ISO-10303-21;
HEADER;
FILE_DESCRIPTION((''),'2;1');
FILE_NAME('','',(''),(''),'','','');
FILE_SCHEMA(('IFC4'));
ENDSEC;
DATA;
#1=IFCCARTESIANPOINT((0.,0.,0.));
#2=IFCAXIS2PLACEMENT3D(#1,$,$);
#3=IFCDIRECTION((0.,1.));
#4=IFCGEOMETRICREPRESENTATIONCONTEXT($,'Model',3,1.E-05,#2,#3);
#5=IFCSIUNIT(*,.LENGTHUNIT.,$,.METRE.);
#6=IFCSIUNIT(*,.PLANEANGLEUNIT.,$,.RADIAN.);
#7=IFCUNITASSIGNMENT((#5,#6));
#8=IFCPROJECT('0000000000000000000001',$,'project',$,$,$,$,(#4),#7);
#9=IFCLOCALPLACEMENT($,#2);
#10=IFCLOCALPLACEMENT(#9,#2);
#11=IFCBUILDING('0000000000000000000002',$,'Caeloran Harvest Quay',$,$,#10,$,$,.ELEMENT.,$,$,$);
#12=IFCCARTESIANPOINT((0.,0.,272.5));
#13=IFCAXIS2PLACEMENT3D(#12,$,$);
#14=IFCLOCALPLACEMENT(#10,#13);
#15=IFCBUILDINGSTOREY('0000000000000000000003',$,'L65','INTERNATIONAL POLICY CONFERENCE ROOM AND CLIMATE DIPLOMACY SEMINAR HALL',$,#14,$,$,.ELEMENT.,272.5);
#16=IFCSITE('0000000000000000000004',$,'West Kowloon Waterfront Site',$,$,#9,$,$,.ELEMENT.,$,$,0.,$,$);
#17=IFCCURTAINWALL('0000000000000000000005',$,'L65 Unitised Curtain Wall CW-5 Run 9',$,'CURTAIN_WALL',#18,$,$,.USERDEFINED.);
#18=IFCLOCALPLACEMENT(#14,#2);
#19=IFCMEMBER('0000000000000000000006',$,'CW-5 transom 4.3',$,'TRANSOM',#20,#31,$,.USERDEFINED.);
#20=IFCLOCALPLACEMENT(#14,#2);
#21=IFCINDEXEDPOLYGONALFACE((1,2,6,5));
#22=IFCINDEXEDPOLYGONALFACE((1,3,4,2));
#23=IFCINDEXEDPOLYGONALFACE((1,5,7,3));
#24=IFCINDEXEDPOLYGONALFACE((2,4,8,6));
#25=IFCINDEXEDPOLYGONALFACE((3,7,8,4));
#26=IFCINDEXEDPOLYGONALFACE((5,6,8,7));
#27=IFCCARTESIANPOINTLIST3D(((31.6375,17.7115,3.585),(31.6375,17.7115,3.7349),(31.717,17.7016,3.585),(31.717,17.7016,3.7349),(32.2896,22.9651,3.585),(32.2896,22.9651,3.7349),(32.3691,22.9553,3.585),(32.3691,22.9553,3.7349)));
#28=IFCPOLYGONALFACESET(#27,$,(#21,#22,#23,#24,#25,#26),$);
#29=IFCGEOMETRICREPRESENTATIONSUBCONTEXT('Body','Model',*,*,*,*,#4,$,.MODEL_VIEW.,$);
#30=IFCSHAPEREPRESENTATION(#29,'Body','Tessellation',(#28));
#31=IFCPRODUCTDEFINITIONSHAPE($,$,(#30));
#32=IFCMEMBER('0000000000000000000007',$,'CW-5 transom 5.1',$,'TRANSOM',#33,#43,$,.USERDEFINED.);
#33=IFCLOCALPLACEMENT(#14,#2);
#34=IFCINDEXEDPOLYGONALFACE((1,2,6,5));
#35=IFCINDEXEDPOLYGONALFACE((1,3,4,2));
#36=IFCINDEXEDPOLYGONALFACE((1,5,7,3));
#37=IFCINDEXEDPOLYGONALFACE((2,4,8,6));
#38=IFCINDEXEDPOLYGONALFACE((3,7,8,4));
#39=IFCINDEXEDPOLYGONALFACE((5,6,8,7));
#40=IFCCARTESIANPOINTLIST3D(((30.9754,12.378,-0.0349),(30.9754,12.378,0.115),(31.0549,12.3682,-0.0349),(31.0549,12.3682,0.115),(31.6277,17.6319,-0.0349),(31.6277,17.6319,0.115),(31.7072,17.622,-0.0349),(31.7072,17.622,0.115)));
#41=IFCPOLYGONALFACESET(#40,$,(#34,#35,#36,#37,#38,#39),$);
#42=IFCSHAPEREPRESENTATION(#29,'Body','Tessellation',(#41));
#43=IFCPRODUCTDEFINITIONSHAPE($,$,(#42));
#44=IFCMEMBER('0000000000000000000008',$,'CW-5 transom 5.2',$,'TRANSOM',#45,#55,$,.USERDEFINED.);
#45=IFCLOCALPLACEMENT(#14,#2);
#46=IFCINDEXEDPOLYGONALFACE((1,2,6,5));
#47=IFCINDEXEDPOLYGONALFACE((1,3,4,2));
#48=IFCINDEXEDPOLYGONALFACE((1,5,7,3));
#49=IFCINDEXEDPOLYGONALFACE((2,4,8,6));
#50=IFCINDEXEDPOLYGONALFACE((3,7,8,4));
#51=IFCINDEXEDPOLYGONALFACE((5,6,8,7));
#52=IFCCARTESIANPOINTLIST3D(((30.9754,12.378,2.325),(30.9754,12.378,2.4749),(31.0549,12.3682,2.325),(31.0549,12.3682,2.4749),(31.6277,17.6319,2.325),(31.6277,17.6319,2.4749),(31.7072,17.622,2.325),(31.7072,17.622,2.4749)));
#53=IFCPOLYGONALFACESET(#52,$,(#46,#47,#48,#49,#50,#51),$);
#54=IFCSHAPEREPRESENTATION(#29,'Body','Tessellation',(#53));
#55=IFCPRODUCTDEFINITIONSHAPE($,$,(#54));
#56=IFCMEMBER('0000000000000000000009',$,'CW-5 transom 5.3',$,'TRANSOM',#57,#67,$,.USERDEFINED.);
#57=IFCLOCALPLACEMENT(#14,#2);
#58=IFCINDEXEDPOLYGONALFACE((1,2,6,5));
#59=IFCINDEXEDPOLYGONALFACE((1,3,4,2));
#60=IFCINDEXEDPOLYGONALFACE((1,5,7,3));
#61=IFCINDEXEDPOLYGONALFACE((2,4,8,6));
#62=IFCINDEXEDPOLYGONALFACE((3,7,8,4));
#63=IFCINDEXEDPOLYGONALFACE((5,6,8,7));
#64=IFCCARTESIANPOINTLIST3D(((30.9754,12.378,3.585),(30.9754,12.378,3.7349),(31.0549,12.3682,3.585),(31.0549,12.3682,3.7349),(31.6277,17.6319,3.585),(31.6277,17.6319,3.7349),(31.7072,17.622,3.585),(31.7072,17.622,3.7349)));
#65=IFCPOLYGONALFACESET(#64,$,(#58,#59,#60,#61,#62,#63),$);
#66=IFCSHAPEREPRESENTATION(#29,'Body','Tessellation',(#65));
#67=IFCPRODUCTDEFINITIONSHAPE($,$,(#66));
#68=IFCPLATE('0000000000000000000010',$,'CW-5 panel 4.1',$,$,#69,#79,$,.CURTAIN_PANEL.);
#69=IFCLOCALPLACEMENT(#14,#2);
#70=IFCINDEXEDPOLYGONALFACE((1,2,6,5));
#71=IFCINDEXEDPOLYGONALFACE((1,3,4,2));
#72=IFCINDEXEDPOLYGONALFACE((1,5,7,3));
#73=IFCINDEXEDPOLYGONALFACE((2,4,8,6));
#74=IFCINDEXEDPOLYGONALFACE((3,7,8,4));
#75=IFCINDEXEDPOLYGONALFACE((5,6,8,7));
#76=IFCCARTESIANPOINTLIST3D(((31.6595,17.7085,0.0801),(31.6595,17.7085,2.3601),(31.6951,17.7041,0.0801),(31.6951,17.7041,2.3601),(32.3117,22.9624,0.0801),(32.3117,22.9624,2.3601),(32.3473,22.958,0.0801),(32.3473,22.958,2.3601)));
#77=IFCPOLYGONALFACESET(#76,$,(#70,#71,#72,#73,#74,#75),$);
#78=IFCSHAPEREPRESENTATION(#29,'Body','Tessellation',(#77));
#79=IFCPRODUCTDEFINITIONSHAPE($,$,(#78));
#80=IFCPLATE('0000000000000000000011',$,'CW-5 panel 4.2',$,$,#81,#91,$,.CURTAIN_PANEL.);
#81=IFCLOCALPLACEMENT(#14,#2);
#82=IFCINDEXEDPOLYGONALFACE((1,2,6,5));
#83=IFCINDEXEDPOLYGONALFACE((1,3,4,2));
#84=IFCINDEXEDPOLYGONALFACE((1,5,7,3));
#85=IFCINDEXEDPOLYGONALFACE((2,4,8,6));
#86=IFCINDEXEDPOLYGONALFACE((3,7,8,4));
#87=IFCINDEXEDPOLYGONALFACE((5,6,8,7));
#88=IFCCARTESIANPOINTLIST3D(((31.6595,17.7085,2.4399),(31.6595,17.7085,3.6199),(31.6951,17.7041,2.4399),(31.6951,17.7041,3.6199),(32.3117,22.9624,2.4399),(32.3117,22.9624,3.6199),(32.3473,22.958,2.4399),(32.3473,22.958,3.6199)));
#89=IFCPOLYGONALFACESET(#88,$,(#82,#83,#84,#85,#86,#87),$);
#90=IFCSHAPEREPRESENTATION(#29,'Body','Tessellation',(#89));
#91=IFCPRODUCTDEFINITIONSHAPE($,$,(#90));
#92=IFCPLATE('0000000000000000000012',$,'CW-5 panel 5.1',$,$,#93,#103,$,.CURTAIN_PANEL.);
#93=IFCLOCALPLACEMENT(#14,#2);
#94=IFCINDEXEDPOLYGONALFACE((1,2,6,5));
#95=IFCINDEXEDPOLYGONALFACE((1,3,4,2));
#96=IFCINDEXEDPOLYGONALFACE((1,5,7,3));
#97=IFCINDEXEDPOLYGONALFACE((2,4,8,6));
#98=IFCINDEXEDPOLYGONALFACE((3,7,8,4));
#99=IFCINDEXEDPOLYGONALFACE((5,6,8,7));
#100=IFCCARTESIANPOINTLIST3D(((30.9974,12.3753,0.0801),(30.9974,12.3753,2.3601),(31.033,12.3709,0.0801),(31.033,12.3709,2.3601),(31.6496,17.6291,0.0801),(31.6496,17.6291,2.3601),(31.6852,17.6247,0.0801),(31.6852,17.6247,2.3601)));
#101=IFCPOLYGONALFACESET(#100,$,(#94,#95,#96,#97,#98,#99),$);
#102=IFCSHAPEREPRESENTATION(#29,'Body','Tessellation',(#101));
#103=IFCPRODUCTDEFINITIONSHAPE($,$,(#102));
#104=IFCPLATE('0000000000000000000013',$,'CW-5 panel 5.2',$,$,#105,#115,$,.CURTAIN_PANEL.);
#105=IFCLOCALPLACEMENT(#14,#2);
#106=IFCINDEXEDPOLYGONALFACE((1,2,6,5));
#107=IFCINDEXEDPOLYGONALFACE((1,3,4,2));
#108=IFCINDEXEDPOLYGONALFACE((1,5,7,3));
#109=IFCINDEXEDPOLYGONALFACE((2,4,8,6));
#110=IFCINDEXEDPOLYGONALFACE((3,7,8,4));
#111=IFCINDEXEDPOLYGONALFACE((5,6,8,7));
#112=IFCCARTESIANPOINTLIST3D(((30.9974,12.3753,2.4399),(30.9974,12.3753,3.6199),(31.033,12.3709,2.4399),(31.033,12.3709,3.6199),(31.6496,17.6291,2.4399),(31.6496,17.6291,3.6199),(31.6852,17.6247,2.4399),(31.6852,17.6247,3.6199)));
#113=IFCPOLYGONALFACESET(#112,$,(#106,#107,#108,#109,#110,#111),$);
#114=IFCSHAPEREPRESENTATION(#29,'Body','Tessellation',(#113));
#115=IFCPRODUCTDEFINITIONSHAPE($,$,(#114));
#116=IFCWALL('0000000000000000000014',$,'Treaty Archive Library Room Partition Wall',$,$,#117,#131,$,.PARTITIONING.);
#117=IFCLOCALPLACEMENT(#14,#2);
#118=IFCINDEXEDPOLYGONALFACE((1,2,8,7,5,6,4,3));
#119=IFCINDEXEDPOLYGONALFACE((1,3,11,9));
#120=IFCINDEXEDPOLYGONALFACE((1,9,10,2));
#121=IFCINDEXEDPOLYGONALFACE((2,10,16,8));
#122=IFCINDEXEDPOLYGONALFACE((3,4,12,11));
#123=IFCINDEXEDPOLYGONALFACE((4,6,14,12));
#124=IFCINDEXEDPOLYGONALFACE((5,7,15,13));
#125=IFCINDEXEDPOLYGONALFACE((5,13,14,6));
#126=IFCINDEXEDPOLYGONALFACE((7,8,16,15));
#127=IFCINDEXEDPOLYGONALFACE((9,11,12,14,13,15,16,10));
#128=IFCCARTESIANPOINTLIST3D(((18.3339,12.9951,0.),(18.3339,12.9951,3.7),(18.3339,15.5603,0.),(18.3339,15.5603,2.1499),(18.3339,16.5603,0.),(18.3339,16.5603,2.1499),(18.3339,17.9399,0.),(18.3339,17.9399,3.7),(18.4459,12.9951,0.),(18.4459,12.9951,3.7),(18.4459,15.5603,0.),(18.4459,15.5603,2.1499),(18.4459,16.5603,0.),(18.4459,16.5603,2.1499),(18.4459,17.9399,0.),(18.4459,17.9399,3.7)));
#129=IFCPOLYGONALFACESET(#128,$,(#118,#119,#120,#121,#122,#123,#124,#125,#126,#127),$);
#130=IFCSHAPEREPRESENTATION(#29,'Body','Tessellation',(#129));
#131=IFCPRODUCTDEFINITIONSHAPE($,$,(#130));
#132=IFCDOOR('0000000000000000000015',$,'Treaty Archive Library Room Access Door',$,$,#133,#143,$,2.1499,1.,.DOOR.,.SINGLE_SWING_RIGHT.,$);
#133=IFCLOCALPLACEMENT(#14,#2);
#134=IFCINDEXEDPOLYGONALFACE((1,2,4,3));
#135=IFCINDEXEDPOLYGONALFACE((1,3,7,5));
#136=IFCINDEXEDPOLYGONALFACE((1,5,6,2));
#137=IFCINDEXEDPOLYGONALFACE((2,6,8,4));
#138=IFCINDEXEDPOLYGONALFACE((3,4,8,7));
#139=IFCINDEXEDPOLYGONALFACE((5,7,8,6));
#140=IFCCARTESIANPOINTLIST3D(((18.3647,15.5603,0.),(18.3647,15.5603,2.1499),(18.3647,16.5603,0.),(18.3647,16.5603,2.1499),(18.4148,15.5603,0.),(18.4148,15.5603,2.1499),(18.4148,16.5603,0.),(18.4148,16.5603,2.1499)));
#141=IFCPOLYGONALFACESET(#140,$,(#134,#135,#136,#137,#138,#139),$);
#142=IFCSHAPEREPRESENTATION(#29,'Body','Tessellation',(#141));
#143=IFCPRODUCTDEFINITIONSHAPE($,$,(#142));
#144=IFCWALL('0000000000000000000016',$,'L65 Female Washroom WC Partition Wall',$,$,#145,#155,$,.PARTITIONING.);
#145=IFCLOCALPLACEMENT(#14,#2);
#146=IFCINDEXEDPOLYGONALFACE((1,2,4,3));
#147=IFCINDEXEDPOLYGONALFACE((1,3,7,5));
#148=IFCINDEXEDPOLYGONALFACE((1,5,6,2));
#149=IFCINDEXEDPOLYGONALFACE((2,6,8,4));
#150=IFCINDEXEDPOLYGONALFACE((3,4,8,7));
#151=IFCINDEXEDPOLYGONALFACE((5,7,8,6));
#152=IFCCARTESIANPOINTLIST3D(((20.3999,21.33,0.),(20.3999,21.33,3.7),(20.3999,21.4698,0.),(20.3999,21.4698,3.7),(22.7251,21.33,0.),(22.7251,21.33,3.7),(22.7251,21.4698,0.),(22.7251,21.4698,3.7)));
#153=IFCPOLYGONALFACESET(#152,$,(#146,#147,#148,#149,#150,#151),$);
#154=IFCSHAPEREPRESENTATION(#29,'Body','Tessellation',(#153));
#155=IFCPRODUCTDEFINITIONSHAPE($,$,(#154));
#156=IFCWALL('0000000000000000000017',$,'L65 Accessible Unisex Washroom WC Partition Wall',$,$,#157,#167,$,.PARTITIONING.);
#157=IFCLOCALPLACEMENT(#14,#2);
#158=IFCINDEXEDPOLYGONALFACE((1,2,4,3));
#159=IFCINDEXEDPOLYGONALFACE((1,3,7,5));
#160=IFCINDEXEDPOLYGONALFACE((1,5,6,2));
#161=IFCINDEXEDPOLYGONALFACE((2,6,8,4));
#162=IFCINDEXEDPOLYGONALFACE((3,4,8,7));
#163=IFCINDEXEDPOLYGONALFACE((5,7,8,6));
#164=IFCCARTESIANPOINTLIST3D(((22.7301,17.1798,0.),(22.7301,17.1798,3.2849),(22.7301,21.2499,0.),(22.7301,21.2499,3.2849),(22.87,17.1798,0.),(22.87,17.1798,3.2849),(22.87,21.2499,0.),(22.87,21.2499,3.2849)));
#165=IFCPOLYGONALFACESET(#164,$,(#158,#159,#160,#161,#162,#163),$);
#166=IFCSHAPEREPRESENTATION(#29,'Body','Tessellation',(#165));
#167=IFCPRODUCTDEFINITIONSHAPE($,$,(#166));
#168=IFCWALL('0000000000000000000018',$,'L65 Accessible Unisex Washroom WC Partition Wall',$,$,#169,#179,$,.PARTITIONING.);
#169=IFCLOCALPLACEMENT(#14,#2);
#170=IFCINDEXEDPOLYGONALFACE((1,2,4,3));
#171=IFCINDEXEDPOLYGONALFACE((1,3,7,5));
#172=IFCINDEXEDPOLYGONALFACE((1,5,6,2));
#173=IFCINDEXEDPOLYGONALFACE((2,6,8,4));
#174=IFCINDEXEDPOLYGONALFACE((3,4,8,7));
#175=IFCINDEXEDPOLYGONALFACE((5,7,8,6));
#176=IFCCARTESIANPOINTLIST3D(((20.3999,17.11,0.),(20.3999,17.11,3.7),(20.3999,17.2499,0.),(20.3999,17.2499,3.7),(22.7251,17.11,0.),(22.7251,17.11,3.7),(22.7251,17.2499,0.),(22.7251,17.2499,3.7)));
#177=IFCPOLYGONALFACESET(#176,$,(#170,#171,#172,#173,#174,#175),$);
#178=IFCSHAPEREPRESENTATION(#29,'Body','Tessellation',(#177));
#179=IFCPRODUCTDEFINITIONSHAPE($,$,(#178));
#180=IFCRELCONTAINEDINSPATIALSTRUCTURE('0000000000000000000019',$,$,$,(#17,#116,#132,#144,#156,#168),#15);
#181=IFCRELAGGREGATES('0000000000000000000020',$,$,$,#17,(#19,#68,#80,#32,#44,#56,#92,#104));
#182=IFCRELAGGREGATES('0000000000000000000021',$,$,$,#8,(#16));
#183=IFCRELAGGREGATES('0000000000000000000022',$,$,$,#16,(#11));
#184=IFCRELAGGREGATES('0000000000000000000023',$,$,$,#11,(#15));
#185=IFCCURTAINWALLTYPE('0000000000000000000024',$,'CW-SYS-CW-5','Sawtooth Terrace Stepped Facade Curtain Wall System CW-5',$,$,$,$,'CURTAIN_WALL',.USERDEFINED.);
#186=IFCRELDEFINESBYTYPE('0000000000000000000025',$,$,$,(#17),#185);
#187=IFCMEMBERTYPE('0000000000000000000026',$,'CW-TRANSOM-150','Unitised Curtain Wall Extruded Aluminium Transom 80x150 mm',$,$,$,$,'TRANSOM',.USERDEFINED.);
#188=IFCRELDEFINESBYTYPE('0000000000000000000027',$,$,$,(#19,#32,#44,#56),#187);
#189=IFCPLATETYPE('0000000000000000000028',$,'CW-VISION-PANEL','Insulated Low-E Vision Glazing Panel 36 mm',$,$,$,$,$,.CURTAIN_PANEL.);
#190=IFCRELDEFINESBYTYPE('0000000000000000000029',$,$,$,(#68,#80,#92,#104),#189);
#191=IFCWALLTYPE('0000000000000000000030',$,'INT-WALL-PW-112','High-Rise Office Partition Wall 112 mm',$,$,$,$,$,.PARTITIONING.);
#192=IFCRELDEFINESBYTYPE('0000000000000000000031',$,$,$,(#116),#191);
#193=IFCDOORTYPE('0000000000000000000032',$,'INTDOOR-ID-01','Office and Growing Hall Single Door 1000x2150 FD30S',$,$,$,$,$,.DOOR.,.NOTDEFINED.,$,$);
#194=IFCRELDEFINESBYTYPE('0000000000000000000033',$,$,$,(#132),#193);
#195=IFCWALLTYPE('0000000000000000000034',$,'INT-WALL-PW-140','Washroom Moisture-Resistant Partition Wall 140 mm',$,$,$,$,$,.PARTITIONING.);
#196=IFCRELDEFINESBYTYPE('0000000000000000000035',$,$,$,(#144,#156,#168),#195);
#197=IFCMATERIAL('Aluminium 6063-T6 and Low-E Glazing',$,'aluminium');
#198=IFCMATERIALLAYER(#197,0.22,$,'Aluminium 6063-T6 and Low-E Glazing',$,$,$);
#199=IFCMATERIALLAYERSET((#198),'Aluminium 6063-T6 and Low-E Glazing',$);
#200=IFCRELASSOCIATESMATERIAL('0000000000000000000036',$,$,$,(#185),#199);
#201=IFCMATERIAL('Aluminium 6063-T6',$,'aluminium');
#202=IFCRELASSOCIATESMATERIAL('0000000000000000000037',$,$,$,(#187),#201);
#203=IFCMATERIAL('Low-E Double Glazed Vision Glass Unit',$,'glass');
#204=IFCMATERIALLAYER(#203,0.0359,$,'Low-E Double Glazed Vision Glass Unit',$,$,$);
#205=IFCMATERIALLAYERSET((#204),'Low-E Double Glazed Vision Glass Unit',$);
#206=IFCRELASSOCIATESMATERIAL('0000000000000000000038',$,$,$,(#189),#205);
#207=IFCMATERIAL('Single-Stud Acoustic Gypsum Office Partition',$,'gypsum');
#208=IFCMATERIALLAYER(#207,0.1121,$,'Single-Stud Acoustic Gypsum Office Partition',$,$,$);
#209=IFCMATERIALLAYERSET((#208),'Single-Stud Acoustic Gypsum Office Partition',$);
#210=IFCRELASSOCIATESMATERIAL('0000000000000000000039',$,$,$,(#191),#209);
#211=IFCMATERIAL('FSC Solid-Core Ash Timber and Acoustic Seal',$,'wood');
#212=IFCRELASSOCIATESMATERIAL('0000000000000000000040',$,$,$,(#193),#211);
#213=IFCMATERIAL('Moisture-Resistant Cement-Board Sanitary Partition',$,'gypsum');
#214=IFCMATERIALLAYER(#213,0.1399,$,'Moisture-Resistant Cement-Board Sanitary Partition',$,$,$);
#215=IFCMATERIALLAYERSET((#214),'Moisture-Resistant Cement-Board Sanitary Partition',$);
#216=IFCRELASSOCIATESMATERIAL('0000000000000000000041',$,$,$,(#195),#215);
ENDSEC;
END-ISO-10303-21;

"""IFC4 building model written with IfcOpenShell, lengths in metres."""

from ifc_helpers import new_model, si_unit, direction, frame, frame_2d, origin, origin_2d, place, context, subcontext, project, spatial, rectangle, extrude, material, layer, layer_set, material_profile, profile_set, type_object, element, fill, aggregate, save


model = new_model("IFC4")

# Units and contexts
model_context = context("Model", 3, precision=1e-05, world=origin(), true_north=direction((0.0, 1.0)))
body_context = subcontext(model_context, "Body", "Model", "MODEL_VIEW")
ifc_project = project(units=[si_unit("LENGTHUNIT", "METRE"), si_unit("PLANEANGLEUNIT", "RADIAN")], contexts=[model_context])

# Site, building, storey
site_placement = place(None, origin())
site = spatial("IfcSite", under=ifc_project, at=site_placement, Name="West Kowloon Waterfront Site", CompositionType="ELEMENT", RefElevation=0.0)
building_placement = place(site_placement, origin())
building = spatial("IfcBuilding", under=site, at=building_placement, Name="Caeloran Harvest Quay", CompositionType="ELEMENT")
storey_placement = place(building_placement, frame((0.0, 0.0, 272.5)))
storey = spatial("IfcBuildingStorey", under=building, at=storey_placement, Name="L65", Description="INTERNATIONAL POLICY CONFERENCE ROOM AND CLIMATE DIPLOMACY SEMINAR HALL", CompositionType="ELEMENT", Elevation=272.5)

# Curtain wall, members, plates
ifc_material_1 = material(Name="Aluminium 6063-T6 and Low-E Glazing", Category="aluminium")
ifc_layer_1 = layer(ifc_material_1, 0.22, Name="Aluminium 6063-T6 and Low-E Glazing")
ifc_layer_set_1 = layer_set([ifc_layer_1], Name="Aluminium 6063-T6 and Low-E Glazing")
curtain_wall_type = type_object("IfcCurtainWallType", Name="CW-SYS-CW-5", Description="Sawtooth Terrace Stepped Facade Curtain Wall System CW-5", ElementType="CURTAIN_WALL", PredefinedType="USERDEFINED", material=ifc_layer_set_1)
curtain_wall_placement = place(storey_placement, origin())
curtain_wall = element("IfcCurtainWall", 1, at=curtain_wall_placement, inside=storey, type_object=curtain_wall_type, Name="L65 Unitised Curtain Wall CW-5 Run 9", ObjectType="CURTAIN_WALL", PredefinedType="USERDEFINED")
ifc_material_2 = material(Name="Aluminium 6063-T6", Category="aluminium")
ifc_material_profile_1 = material_profile(ifc_material_2, rectangle(XDim=0.0801, YDim=0.1499, at=origin_2d()), Name="CW-TRANSOM-150")
ifc_profile_set_1 = profile_set([ifc_material_profile_1], Name="Aluminium 6063-T6")
member_type_1 = type_object("IfcMemberType", Name="CW-TRANSOM-150", Description="Unitised Curtain Wall Extruded Aluminium Transom 80x150 mm", ElementType="TRANSOM", PredefinedType="USERDEFINED", material=ifc_profile_set_1)
member_1_placement = place(storey_placement, frame((32.3293, 22.9602, 3.6599), z_axis=(-0.123178, -0.992385, 0.0), x_axis=(0.992385, -0.123178, 0.0)))
member_1 = element("IfcMember", 2, at=member_1_placement, type_object=member_type_1, Name="CW-5 transom 4.3", ObjectType="TRANSOM", PredefinedType="USERDEFINED", context=body_context, shape_type="SweptSolid", body=[
    extrude(rectangle(XDim=0.0801, YDim=0.1499, at=origin_2d()), origin(), (0.0, 0.0, 1.0), 5.2939),
])
member_2_placement = place(storey_placement, frame((31.6675, 17.627, 0.04), z_axis=(-0.123217, -0.99238, 0.0), x_axis=(0.99238, -0.123217, 0.0)))
member_2 = element("IfcMember", 3, at=member_2_placement, type_object=member_type_1, Name="CW-5 transom 5.1", ObjectType="TRANSOM", PredefinedType="USERDEFINED", context=body_context, shape_type="SweptSolid", body=[
    extrude(rectangle(XDim=0.0801, YDim=0.1499, at=origin_2d()), origin(), (0.0, 0.0, 1.0), 5.2942),
])
member_3_placement = place(storey_placement, frame((31.6675, 17.627, 2.3999), z_axis=(-0.123217, -0.99238, 0.0), x_axis=(0.99238, -0.123217, 0.0)))
member_3 = element("IfcMember", 4, at=member_3_placement, type_object=member_type_1, Name="CW-5 transom 5.2", ObjectType="TRANSOM", PredefinedType="USERDEFINED", context=body_context, shape_type="SweptSolid", body=[
    extrude(rectangle(XDim=0.0801, YDim=0.1499, at=origin_2d()), origin(), (0.0, 0.0, 1.0), 5.2942),
])
member_4_placement = place(storey_placement, frame((31.6675, 17.627, 3.6599), z_axis=(-0.123217, -0.99238, 0.0), x_axis=(0.99238, -0.123217, 0.0)))
member_4 = element("IfcMember", 5, at=member_4_placement, type_object=member_type_1, Name="CW-5 transom 5.3", ObjectType="TRANSOM", PredefinedType="USERDEFINED", context=body_context, shape_type="SweptSolid", body=[
    extrude(rectangle(XDim=0.0801, YDim=0.1499, at=origin_2d()), origin(), (0.0, 0.0, 1.0), 5.2942),
])
ifc_material_3 = material(Name="Low-E Double Glazed Vision Glass Unit", Category="glass")
ifc_layer_2 = layer(ifc_material_3, 0.0359, Name="Low-E Double Glazed Vision Glass Unit")
ifc_layer_set_2 = layer_set([ifc_layer_2], Name="Low-E Double Glazed Vision Glass Unit")
plate_type = type_object("IfcPlateType", Name="CW-VISION-PANEL", Description="Insulated Low-E Vision Glazing Panel 36 mm", PredefinedType="CURTAIN_PANEL", material=ifc_layer_set_2)
plate_1_placement = place(storey_placement, frame((32.0034, 20.3333, 0.0801), z_axis=(0.0, 0.0, 1.0), x_axis=(-0.12319, -0.992383, 0.0)))
plate_1 = element("IfcPlate", 6, at=plate_1_placement, type_object=plate_type, Name="CW-5 panel 4.1", PredefinedType="CURTAIN_PANEL", context=body_context, shape_type="SweptSolid", body=[
    extrude(rectangle(XDim=5.2942, YDim=0.0359, at=origin_2d()), origin(), (0.0, 0.0, 1.0), 2.28),
])
plate_2_placement = place(storey_placement, frame((32.0034, 20.3333, 2.4399), z_axis=(0.0, 0.0, 1.0), x_axis=(-0.12319, -0.992383, 0.0)))
plate_2 = element("IfcPlate", 7, at=plate_2_placement, type_object=plate_type, Name="CW-5 panel 4.2", PredefinedType="CURTAIN_PANEL", context=body_context, shape_type="SweptSolid", body=[
    extrude(rectangle(XDim=5.2942, YDim=0.0359, at=origin_2d()), origin(), (0.0, 0.0, 1.0), 1.1799),
])
plate_3_placement = place(storey_placement, frame((31.3413, 15.0, 0.0801), z_axis=(0.0, 0.0, 1.0), x_axis=(-0.12319, -0.992383, 0.0)))
plate_3 = element("IfcPlate", 8, at=plate_3_placement, type_object=plate_type, Name="CW-5 panel 5.1", PredefinedType="CURTAIN_PANEL", context=body_context, shape_type="SweptSolid", body=[
    extrude(rectangle(XDim=5.2942, YDim=0.0359, at=origin_2d()), origin(), (0.0, 0.0, 1.0), 2.28),
])
plate_4_placement = place(storey_placement, frame((31.3413, 15.0, 2.4399), z_axis=(0.0, 0.0, 1.0), x_axis=(-0.12319, -0.992383, 0.0)))
plate_4 = element("IfcPlate", 9, at=plate_4_placement, type_object=plate_type, Name="CW-5 panel 5.2", PredefinedType="CURTAIN_PANEL", context=body_context, shape_type="SweptSolid", body=[
    extrude(rectangle(XDim=5.2942, YDim=0.0359, at=origin_2d()), origin(), (0.0, 0.0, 1.0), 1.1799),
])
aggregate(curtain_wall, [member_1, plate_1, plate_2, member_2, member_3, member_4, plate_3, plate_4])

# Wall, opening, door
ifc_material_4 = material(Name="Single-Stud Acoustic Gypsum Office Partition", Category="gypsum")
ifc_layer_3 = layer(ifc_material_4, 0.1121, Name="Single-Stud Acoustic Gypsum Office Partition")
ifc_layer_set_3 = layer_set([ifc_layer_3], Name="Single-Stud Acoustic Gypsum Office Partition")
wall_type_1 = type_object("IfcWallType", Name="INT-WALL-PW-112", Description="High-Rise Office Partition Wall 112 mm", PredefinedType="PARTITIONING", material=ifc_layer_set_3)
wall_1_placement = place(storey_placement, frame((18.3899, 17.9399, 0.0), z_axis=(0.0, 0.0, 1.0), x_axis=(0.0, -1.0, 0.0)))
wall_1 = element("IfcWall", 10, at=wall_1_placement, inside=storey, type_object=wall_type_1, Name="Treaty Archive Library Room Partition Wall", PredefinedType="PARTITIONING", context=body_context, shape_type="SweptSolid", body=[
    extrude(rectangle(XDim=4.9448, YDim=0.1121, at=frame_2d((2.4724, 0.0))), origin(), (0.0, 0.0, 1.0), 3.7),
])
opening_1_placement = place(wall_1_placement, frame((1.3796, 0.0, 0.0)))
opening_1 = element("IfcOpeningElement", 11, at=opening_1_placement, cuts=wall_1, PredefinedType="OPENING", context=body_context, shape_type="SweptSolid", body=[
    extrude(rectangle(XDim=1.0, YDim=2.1499, at=frame_2d((0.5, 1.075))), frame((0.0, 0.0659, 0.0), z_axis=(0.0, -1.0, 0.0), x_axis=(1.0, 0.0, 0.0)), (0.0, 0.0, 1.0), 0.1321),
])
ifc_material_5 = material(Name="FSC Solid-Core Ash Timber and Acoustic Seal", Category="wood")
door_type_1 = type_object("IfcDoorType", Name="INTDOOR-ID-01", Description="Office and Growing Hall Single Door 1000x2150 FD30S", OperationType="NOTDEFINED", PredefinedType="DOOR", material=ifc_material_5)
door_1_placement = place(opening_1_placement, origin())
door_1 = element("IfcDoor", 12, at=door_1_placement, inside=storey, type_object=door_type_1, Name="Treaty Archive Library Room Access Door", OperationType="SINGLE_SWING_RIGHT", OverallHeight=2.1499, OverallWidth=1.0, PredefinedType="DOOR", context=body_context, shape_type="SweptSolid", body=[
    extrude(rectangle(XDim=1.0, YDim=2.1499, at=frame_2d((0.5, 1.075))), frame((0.0, 0.0249, 0.0), z_axis=(0.0, -1.0, 0.0), x_axis=(1.0, 0.0, 0.0)), (0.0, 0.0, 1.0), 0.05),
])
fill(opening_1, door_1)

# Wall
ifc_material_6 = material(Name="Moisture-Resistant Cement-Board Sanitary Partition", Category="gypsum")
ifc_layer_4 = layer(ifc_material_6, 0.1399, Name="Moisture-Resistant Cement-Board Sanitary Partition")
ifc_layer_set_4 = layer_set([ifc_layer_4], Name="Moisture-Resistant Cement-Board Sanitary Partition")
wall_type_2 = type_object("IfcWallType", Name="INT-WALL-PW-140", Description="Washroom Moisture-Resistant Partition Wall 140 mm", PredefinedType="PARTITIONING", material=ifc_layer_set_4)
wall_2_placement = place(storey_placement, frame((22.7251, 21.3999, 0.0), z_axis=(0.0, 0.0, 1.0), x_axis=(-1.0, 0.0, 0.0)))
element("IfcWall", 13, at=wall_2_placement, inside=storey, type_object=wall_type_2, Name="L65 Female Washroom WC Partition Wall", PredefinedType="PARTITIONING", context=body_context, shape_type="SweptSolid", body=[
    extrude(rectangle(XDim=2.3252, YDim=0.1399, at=frame_2d((1.1626, 0.0))), origin(), (0.0, 0.0, 1.0), 3.7),
])

# Walls
wall_3_placement = place(storey_placement, frame((22.8, 21.25, 0.0), z_axis=(0.0, 0.0, 1.0), x_axis=(0.0, -1.0, 0.0)))
element("IfcWall", 14, at=wall_3_placement, inside=storey, type_object=wall_type_2, Name="L65 Accessible Unisex Washroom WC Partition Wall", PredefinedType="PARTITIONING", context=body_context, shape_type="SweptSolid", body=[
    extrude(rectangle(XDim=4.0701, YDim=0.1399, at=frame_2d((2.0352, 0.0))), origin(), (0.0, 0.0, 1.0), 3.2849),
])
wall_4_placement = place(storey_placement, frame((22.7251, 17.1799, 0.0), z_axis=(0.0, 0.0, 1.0), x_axis=(-1.0, 0.0, 0.0)))
element("IfcWall", 15, at=wall_4_placement, inside=storey, type_object=wall_type_2, Name="L65 Accessible Unisex Washroom WC Partition Wall", PredefinedType="PARTITIONING", context=body_context, shape_type="SweptSolid", body=[
    extrude(rectangle(XDim=2.3252, YDim=0.1399, at=frame_2d((1.1626, 0.0))), origin(), (0.0, 0.0, 1.0), 3.7),
])

save(model, "model.ifc")
